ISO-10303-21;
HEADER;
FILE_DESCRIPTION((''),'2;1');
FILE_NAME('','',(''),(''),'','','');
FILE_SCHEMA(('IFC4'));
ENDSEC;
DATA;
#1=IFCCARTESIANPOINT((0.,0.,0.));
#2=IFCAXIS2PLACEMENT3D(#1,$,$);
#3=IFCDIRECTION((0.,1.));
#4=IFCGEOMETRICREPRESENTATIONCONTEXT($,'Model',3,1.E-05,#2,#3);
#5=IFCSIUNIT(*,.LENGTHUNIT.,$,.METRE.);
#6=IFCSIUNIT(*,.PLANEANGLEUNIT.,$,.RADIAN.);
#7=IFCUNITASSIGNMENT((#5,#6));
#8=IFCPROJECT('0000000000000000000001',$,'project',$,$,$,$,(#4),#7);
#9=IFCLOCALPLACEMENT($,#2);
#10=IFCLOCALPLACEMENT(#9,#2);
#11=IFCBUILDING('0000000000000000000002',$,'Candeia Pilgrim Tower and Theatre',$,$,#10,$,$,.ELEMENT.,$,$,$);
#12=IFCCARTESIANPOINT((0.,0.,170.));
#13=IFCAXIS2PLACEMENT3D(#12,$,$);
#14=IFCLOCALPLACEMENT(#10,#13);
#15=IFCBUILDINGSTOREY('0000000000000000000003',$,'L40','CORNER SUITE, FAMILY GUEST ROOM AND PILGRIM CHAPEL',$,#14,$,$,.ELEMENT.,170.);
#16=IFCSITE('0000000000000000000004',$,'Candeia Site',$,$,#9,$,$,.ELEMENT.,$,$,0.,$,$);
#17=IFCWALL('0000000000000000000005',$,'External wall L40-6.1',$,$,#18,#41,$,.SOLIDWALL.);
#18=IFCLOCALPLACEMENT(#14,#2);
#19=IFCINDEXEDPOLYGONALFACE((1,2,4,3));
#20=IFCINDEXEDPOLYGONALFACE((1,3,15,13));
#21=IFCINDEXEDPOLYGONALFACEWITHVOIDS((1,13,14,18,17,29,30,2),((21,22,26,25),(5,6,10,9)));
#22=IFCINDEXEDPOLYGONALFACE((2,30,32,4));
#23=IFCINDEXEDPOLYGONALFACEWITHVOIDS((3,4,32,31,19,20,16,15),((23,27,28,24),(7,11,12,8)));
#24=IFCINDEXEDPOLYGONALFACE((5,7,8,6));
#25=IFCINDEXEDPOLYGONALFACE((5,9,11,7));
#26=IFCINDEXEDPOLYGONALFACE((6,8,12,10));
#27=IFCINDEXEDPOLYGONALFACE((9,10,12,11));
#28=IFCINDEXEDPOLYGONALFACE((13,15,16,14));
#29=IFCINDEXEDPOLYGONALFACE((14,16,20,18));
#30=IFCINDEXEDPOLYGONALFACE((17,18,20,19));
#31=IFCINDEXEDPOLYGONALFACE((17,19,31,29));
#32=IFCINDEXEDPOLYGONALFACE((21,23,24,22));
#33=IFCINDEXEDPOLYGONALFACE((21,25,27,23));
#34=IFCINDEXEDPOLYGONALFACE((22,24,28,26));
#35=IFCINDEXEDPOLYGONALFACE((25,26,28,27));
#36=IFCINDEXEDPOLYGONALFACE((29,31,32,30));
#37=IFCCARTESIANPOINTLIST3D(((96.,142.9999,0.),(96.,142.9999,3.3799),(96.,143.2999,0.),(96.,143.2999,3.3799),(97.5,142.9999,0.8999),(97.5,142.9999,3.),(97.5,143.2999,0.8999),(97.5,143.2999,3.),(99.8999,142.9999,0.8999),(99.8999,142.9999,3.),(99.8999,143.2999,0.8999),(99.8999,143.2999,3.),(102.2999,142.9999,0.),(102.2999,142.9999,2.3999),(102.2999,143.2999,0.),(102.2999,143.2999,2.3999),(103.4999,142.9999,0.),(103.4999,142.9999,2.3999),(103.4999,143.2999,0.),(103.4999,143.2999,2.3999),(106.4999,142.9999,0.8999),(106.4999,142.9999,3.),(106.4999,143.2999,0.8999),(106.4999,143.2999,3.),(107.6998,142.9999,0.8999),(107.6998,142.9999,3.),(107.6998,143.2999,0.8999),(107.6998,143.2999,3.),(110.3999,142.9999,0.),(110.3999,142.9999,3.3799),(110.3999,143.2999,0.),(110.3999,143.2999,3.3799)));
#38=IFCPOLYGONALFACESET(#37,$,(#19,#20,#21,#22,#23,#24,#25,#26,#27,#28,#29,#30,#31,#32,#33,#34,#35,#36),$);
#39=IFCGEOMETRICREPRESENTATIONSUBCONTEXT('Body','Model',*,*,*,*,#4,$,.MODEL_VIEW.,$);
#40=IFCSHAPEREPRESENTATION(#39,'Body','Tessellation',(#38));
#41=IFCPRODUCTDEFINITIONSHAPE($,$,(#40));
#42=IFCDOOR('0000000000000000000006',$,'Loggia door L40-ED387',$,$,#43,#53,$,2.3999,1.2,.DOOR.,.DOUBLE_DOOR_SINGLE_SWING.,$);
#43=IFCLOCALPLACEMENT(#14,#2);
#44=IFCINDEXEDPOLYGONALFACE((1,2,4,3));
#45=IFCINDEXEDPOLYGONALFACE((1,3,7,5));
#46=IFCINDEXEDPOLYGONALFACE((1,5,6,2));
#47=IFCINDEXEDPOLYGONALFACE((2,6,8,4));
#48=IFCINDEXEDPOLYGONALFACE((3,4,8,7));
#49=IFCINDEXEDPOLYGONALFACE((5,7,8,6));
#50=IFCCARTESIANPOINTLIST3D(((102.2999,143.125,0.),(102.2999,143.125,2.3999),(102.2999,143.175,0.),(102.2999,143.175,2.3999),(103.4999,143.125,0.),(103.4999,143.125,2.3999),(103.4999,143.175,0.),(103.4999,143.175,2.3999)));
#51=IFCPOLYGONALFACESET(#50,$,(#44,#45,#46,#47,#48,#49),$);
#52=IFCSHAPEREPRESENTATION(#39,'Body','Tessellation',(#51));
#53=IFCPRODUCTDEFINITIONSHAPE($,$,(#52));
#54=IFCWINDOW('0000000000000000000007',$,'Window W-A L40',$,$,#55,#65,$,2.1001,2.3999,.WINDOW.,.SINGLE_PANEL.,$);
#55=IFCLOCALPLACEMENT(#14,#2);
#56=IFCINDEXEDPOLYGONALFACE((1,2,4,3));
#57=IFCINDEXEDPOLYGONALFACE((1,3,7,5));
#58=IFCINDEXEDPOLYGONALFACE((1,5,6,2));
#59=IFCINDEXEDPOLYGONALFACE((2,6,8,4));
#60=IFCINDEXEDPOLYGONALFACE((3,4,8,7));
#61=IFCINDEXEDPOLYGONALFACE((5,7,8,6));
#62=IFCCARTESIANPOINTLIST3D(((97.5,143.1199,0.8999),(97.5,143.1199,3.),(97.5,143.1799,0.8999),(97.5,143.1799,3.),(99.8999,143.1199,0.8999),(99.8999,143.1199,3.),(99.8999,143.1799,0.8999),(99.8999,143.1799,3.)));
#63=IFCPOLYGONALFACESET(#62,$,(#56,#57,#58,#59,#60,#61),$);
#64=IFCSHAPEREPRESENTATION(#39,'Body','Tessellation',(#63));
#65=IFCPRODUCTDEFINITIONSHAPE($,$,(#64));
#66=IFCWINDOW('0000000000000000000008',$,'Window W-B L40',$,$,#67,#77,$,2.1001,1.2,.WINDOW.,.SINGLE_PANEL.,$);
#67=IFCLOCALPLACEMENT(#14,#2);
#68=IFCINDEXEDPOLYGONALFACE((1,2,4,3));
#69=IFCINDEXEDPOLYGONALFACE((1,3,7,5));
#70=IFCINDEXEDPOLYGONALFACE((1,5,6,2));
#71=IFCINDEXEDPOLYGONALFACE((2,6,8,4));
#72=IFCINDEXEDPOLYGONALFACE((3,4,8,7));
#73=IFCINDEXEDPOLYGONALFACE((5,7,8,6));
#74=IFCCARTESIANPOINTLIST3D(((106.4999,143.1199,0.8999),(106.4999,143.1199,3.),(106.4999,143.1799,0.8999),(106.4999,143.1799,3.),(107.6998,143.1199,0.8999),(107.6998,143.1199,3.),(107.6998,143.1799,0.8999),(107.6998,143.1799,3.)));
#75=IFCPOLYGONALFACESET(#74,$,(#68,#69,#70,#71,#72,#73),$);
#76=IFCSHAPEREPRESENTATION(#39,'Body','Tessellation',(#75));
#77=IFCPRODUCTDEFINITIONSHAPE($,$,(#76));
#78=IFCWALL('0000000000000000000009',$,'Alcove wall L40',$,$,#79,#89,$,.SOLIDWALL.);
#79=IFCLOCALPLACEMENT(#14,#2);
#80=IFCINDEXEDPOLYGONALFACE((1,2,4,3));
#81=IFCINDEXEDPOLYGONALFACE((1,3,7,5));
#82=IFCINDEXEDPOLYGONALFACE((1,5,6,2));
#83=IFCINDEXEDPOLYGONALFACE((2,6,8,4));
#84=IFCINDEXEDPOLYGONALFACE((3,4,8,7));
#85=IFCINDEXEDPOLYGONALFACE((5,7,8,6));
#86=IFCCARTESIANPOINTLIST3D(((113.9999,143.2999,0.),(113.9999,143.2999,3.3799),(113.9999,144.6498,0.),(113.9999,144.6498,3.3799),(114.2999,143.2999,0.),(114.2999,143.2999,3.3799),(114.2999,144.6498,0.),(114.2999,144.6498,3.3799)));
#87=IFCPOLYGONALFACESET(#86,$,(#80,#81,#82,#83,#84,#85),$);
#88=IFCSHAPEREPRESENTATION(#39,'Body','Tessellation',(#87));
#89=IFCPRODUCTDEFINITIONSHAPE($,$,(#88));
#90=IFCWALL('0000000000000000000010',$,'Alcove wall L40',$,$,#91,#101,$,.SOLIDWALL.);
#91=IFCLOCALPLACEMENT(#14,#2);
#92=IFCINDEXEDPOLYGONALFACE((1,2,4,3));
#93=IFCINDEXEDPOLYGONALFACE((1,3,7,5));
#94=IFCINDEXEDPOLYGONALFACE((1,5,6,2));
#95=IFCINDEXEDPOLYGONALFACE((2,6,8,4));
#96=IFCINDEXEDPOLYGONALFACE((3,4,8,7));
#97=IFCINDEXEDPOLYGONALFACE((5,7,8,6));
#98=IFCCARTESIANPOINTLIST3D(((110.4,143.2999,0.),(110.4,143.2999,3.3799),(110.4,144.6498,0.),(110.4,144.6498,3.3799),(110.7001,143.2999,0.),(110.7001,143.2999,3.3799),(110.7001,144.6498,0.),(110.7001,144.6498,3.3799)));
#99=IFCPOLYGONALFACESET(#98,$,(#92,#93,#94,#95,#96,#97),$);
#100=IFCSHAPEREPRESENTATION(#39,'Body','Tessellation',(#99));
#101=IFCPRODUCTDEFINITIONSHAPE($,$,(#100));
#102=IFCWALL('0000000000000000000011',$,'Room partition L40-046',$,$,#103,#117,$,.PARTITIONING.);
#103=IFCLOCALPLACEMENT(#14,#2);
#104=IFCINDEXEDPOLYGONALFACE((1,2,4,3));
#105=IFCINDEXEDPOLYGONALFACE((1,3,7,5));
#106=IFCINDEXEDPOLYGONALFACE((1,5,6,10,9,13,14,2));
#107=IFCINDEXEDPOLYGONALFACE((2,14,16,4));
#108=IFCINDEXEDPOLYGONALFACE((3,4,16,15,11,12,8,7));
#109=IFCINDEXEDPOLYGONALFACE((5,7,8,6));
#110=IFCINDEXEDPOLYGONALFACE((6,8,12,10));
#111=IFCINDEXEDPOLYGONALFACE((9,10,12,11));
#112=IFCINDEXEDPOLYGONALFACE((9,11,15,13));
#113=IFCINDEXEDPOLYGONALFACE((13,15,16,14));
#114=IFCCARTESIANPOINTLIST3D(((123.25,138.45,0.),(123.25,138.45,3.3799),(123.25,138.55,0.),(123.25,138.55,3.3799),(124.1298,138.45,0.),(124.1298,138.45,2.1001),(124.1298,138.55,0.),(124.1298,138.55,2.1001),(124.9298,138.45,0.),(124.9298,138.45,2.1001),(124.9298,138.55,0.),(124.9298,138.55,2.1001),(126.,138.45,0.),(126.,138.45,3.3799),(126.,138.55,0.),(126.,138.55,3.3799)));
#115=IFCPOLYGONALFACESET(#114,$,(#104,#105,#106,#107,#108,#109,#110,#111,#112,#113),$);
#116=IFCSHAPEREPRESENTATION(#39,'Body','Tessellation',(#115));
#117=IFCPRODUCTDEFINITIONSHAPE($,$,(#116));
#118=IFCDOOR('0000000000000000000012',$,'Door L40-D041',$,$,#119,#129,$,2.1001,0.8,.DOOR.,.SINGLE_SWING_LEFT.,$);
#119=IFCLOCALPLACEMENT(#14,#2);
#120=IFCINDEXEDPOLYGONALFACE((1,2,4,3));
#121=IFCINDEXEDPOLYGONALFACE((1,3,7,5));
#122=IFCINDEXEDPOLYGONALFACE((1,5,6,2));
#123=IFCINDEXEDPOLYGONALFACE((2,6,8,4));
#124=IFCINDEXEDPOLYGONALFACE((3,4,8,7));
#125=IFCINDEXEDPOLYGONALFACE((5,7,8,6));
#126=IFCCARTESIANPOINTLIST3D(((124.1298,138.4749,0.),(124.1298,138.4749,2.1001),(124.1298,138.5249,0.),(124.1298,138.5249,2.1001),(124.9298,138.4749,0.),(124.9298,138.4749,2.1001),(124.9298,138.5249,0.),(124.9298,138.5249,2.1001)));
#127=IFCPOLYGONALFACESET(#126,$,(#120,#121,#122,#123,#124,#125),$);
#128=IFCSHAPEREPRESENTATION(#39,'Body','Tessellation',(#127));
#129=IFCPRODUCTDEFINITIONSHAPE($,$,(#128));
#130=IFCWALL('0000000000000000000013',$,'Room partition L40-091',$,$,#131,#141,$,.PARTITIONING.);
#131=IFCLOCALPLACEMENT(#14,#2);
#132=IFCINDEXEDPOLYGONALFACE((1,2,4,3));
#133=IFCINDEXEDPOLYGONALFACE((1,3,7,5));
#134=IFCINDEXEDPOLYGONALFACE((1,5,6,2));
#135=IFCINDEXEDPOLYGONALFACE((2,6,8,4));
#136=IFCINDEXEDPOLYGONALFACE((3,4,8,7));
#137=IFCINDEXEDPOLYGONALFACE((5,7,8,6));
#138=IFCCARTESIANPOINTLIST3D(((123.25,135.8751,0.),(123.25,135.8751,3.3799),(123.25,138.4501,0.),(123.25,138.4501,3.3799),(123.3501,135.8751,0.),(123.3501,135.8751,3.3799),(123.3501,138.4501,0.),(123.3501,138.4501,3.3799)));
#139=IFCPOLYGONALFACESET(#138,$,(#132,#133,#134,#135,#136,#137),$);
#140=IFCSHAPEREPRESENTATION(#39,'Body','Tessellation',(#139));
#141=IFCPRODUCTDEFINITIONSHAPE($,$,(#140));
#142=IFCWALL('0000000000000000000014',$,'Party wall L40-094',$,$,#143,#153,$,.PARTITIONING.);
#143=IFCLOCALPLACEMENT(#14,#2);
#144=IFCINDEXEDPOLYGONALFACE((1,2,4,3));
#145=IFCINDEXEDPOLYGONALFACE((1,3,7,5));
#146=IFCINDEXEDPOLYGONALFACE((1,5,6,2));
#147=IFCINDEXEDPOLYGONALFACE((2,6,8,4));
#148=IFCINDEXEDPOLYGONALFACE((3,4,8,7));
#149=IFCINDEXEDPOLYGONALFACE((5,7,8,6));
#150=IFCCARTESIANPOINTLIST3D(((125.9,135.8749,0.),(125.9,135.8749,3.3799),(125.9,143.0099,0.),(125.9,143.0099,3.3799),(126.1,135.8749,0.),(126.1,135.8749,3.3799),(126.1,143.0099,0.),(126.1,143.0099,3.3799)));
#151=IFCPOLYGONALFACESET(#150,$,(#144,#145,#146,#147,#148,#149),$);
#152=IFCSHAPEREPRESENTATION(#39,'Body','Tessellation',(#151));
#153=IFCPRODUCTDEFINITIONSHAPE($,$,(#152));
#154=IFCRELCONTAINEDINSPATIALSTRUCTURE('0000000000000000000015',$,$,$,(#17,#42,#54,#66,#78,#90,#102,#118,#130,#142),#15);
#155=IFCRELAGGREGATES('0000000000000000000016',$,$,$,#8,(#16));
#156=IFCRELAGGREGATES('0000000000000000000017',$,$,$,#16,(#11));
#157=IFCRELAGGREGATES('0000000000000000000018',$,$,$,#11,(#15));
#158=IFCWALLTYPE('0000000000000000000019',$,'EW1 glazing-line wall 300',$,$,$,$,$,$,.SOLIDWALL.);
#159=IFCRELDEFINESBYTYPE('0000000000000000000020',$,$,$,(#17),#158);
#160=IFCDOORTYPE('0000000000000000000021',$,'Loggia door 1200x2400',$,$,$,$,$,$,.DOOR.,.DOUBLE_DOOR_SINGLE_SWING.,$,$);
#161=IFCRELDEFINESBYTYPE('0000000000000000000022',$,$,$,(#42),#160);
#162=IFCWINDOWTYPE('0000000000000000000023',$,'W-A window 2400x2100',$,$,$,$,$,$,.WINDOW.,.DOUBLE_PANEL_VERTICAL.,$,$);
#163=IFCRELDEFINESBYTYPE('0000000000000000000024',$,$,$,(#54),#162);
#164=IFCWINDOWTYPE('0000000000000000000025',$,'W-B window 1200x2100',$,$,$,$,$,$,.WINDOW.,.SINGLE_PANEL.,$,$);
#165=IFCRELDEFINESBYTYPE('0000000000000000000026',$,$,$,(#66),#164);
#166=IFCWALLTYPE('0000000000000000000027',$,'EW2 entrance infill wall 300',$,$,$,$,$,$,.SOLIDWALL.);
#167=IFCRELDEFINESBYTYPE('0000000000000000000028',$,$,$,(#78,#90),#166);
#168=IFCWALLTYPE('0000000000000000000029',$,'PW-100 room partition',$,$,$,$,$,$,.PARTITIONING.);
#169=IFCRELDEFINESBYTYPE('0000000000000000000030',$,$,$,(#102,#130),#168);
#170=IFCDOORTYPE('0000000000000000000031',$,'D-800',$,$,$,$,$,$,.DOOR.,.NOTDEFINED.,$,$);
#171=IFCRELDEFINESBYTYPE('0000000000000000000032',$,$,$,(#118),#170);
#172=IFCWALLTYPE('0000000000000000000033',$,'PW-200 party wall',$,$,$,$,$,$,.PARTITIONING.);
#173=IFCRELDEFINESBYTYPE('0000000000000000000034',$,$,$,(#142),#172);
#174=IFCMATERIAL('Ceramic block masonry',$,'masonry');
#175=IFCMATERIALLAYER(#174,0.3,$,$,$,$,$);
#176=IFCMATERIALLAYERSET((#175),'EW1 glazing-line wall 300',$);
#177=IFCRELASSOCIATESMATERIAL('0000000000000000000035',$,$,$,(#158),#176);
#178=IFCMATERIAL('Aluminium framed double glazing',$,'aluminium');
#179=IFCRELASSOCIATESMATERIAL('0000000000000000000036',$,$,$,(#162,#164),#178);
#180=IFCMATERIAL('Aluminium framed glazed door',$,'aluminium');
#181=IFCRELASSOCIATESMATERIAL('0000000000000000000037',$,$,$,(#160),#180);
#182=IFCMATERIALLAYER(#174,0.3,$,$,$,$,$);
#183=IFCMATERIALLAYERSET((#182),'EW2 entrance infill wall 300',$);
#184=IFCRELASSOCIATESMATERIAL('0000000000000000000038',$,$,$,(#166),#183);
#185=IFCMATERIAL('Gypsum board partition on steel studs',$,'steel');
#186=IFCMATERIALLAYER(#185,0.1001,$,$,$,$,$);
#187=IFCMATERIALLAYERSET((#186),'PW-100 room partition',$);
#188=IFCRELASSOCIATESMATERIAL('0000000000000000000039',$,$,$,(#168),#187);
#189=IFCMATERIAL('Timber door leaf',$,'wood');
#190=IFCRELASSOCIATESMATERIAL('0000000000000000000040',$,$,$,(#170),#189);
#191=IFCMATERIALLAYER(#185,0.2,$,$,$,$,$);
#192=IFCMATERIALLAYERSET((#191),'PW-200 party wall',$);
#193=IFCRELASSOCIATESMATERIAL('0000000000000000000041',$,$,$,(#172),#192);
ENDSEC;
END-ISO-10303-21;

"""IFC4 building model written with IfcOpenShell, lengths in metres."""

from ifc_helpers import new_model, si_unit, direction, frame, frame_2d, origin, place, context, subcontext, project, spatial, rectangle, extrude, material, layer, layer_set, type_object, element, fill, save


model = new_model("IFC4")

# Units and contexts
model_context = context("Model", 3, precision=1e-05, world=origin(), true_north=direction((0.0, 1.0)))
body_context = subcontext(model_context, "Body", "Model", "MODEL_VIEW")
ifc_project = project(units=[si_unit("LENGTHUNIT", "METRE"), si_unit("PLANEANGLEUNIT", "RADIAN")], contexts=[model_context])

# Site, building, storey
site_placement = place(None, origin())
site = spatial("IfcSite", under=ifc_project, at=site_placement, Name="Candeia Site", CompositionType="ELEMENT", RefElevation=0.0)
building_placement = place(site_placement, origin())
building = spatial("IfcBuilding", under=site, at=building_placement, Name="Candeia Pilgrim Tower and Theatre", CompositionType="ELEMENT")
storey_placement = place(building_placement, frame((0.0, 0.0, 170.0)))
storey = spatial("IfcBuildingStorey", under=building, at=storey_placement, Name="L40", Description="CORNER SUITE, FAMILY GUEST ROOM AND PILGRIM CHAPEL", CompositionType="ELEMENT", Elevation=170.0)

# Shared definitions
ifc_material_1 = material(Name="Ceramic block masonry", Category="masonry")
ifc_layer_1 = layer(ifc_material_1, 0.3)
ifc_layer_set_1 = layer_set([ifc_layer_1], Name="EW1 glazing-line wall 300")
wall_type_1 = type_object("IfcWallType", Name="EW1 glazing-line wall 300", PredefinedType="SOLIDWALL", material=ifc_layer_set_1)
ifc_material_2 = material(Name="Aluminium framed double glazing", Category="aluminium")
window_type_1 = type_object("IfcWindowType", Name="W-A window 2400x2100", PartitioningType="DOUBLE_PANEL_VERTICAL", PredefinedType="WINDOW", material=ifc_material_2)

# Wall, openings, door, windows
ifc_material_3 = material(Name="Aluminium framed glazed door", Category="aluminium")
door_type_1 = type_object("IfcDoorType", Name="Loggia door 1200x2400", OperationType="DOUBLE_DOOR_SINGLE_SWING", PredefinedType="DOOR", material=ifc_material_3)
window_type_2 = type_object("IfcWindowType", Name="W-B window 1200x2100", PartitioningType="SINGLE_PANEL", PredefinedType="WINDOW", material=ifc_material_2)
wall_1_placement = place(storey_placement, frame((110.3999, 143.1499, 0.0), z_axis=(0.0, 0.0, 1.0), x_axis=(-1.0, 0.0, 0.0)))
wall_1 = element("IfcWall", 1, at=wall_1_placement, inside=storey, type_object=wall_type_1, Name="External wall L40-6.1", PredefinedType="SOLIDWALL", context=body_context, shape_type="SweptSolid", body=[
    extrude(rectangle(XDim=14.3999, YDim=0.3, at=frame_2d((7.2, 0.0))), origin(), (0.0, 0.0, 1.0), 3.3799),
])
opening_1_placement = place(wall_1_placement, frame((2.7, 0.0, 0.8999)))
opening_1 = element("IfcOpeningElement", 2, at=opening_1_placement, cuts=wall_1, PredefinedType="OPENING", context=body_context, shape_type="SweptSolid", body=[
    extrude(rectangle(XDim=1.2, YDim=2.1001, at=frame_2d((0.6001, 1.05))), frame((0.0, 0.1602, 0.0), z_axis=(0.0, -1.0, 0.0), x_axis=(1.0, 0.0, 0.0)), (0.0, 0.0, 1.0), 0.3201),
])
opening_2_placement = place(wall_1_placement, frame((6.8999, 0.0, 0.0)))
opening_2 = element("IfcOpeningElement", 3, at=opening_2_placement, cuts=wall_1, PredefinedType="OPENING", context=body_context, shape_type="SweptSolid", body=[
    extrude(rectangle(XDim=1.2, YDim=2.3999, at=frame_2d((0.6001, 1.2))), frame((0.0, 0.1602, 0.0), z_axis=(0.0, -1.0, 0.0), x_axis=(1.0, 0.0, 0.0)), (0.0, 0.0, 1.0), 0.3201),
])
opening_3_placement = place(wall_1_placement, frame((10.5, 0.0, 0.8999)))
opening_3 = element("IfcOpeningElement", 4, at=opening_3_placement, cuts=wall_1, PredefinedType="OPENING", context=body_context, shape_type="SweptSolid", body=[
    extrude(rectangle(XDim=2.3999, YDim=2.1001, at=frame_2d((1.2, 1.05))), frame((0.0, 0.1602, 0.0), z_axis=(0.0, -1.0, 0.0), x_axis=(1.0, 0.0, 0.0)), (0.0, 0.0, 1.0), 0.3201),
])
door_1_placement = place(opening_2_placement, origin())
door_1 = element("IfcDoor", 5, at=door_1_placement, inside=storey, type_object=door_type_1, Name="Loggia door L40-ED387", OperationType="DOUBLE_DOOR_SINGLE_SWING", OverallHeight=2.3999, OverallWidth=1.2, PredefinedType="DOOR", context=body_context, shape_type="SweptSolid", body=[
    extrude(rectangle(XDim=1.2, YDim=2.3999, at=frame_2d((0.6001, 1.2))), frame((0.0, 0.0249, 0.0), z_axis=(0.0, -1.0, 0.0), x_axis=(1.0, 0.0, 0.0)), (0.0, 0.0, 1.0), 0.05),
])
fill(opening_2, door_1)
window_1_placement = place(opening_3_placement, origin())
window_1 = element("IfcWindow", 6, at=window_1_placement, inside=storey, type_object=window_type_1, Name="Window W-A L40", OverallHeight=2.1001, OverallWidth=2.3999, PartitioningType="SINGLE_PANEL", PredefinedType="WINDOW", context=body_context, shape_type="SweptSolid", body=[
    extrude(rectangle(XDim=2.3999, YDim=2.1001, at=frame_2d((1.2, 1.05))), frame((0.0, 0.03, 0.0), z_axis=(0.0, -1.0, 0.0), x_axis=(1.0, 0.0, 0.0)), (0.0, 0.0, 1.0), 0.0601),
])
fill(opening_3, window_1)
window_2_placement = place(opening_1_placement, origin())
window_2 = element("IfcWindow", 7, at=window_2_placement, inside=storey, type_object=window_type_2, Name="Window W-B L40", OverallHeight=2.1001, OverallWidth=1.2, PartitioningType="SINGLE_PANEL", PredefinedType="WINDOW", context=body_context, shape_type="SweptSolid", body=[
    extrude(rectangle(XDim=1.2, YDim=2.1001, at=frame_2d((0.6001, 1.05))), frame((0.0, 0.03, 0.0), z_axis=(0.0, -1.0, 0.0), x_axis=(1.0, 0.0, 0.0)), (0.0, 0.0, 1.0), 0.0601),
])
fill(opening_1, window_2)

# Walls
ifc_layer_2 = layer(ifc_material_1, 0.3)
ifc_layer_set_2 = layer_set([ifc_layer_2], Name="EW2 entrance infill wall 300")
wall_type_2 = type_object("IfcWallType", Name="EW2 entrance infill wall 300", PredefinedType="SOLIDWALL", material=ifc_layer_set_2)
for number, where, z_axis, x_axis, name in (
    (8, (114.1499, 143.3, 0.0), (0.0, 0.0, 1.0), (0.0, 1.0, 0.0), "Alcove wall L40"),
    (9, (110.55, 143.3, 0.0), (0.0, 0.0, 1.0), (0.0, 1.0, 0.0), "Alcove wall L40"),
):
    element("IfcWall", number, at=place(storey_placement, frame(where, z_axis=z_axis, x_axis=x_axis)), inside=storey, type_object=wall_type_2, Name=name, PredefinedType="SOLIDWALL", context=body_context, shape_type="SweptSolid", body=[
        extrude(rectangle(XDim=1.3499, YDim=0.3, at=frame_2d((0.6748, 0.0))), origin(), (0.0, 0.0, 1.0), 3.3799),
    ])

# Wall, opening, door
ifc_material_4 = material(Name="Gypsum board partition on steel studs", Category="steel")
ifc_layer_3 = layer(ifc_material_4, 0.1001)
ifc_layer_set_3 = layer_set([ifc_layer_3], Name="PW-100 room partition")
wall_type_3 = type_object("IfcWallType", Name="PW-100 room partition", PredefinedType="PARTITIONING", material=ifc_layer_set_3)
wall_2_placement = place(storey_placement, frame((123.25, 138.5, 0.0), z_axis=(0.0, 0.0, 1.0), x_axis=(1.0, 0.0, 0.0)))
wall_2 = element("IfcWall", 10, at=wall_2_placement, inside=storey, type_object=wall_type_3, Name="Room partition L40-046", PredefinedType="PARTITIONING", context=body_context, shape_type="SweptSolid", body=[
    extrude(rectangle(XDim=2.75, YDim=0.1001, at=frame_2d((1.375, 0.0))), origin(), (0.0, 0.0, 1.0), 3.3799),
])
opening_4_placement = place(wall_2_placement, frame((0.8799, 0.0, 0.0)))
opening_4 = element("IfcOpeningElement", 11, at=opening_4_placement, cuts=wall_2, PredefinedType="OPENING", context=body_context, shape_type="SweptSolid", body=[
    extrude(rectangle(XDim=0.8, YDim=2.1001, at=frame_2d((0.3999, 1.05))), frame((0.0, 0.0601, 0.0), z_axis=(0.0, -1.0, 0.0), x_axis=(1.0, 0.0, 0.0)), (0.0, 0.0, 1.0), 0.1201),
])
ifc_material_5 = material(Name="Timber door leaf", Category="wood")
door_type_2 = type_object("IfcDoorType", Name="D-800", OperationType="NOTDEFINED", PredefinedType="DOOR", material=ifc_material_5)
door_2_placement = place(opening_4_placement, origin())
door_2 = element("IfcDoor", 12, at=door_2_placement, inside=storey, type_object=door_type_2, Name="Door L40-D041", OperationType="SINGLE_SWING_LEFT", OverallHeight=2.1001, OverallWidth=0.8, PredefinedType="DOOR", context=body_context, shape_type="SweptSolid", body=[
    extrude(rectangle(XDim=0.8, YDim=2.1001, at=frame_2d((0.3999, 1.05))), frame((0.0, 0.0249, 0.0), z_axis=(0.0, -1.0, 0.0), x_axis=(1.0, 0.0, 0.0)), (0.0, 0.0, 1.0), 0.05),
])
fill(opening_4, door_2)

# Walls
wall_3_placement = place(storey_placement, frame((123.3, 135.875, 0.0), z_axis=(0.0, 0.0, 1.0), x_axis=(0.0, 1.0, 0.0)))
element("IfcWall", 13, at=wall_3_placement, inside=storey, type_object=wall_type_3, Name="Room partition L40-091", PredefinedType="PARTITIONING", context=body_context, shape_type="SweptSolid", body=[
    extrude(rectangle(XDim=2.575, YDim=0.1001, at=frame_2d((1.2876, 0.0))), origin(), (0.0, 0.0, 1.0), 3.3799),
])
ifc_layer_4 = layer(ifc_material_4, 0.2)
ifc_layer_set_4 = layer_set([ifc_layer_4], Name="PW-200 party wall")
wall_type_4 = type_object("IfcWallType", Name="PW-200 party wall", PredefinedType="PARTITIONING", material=ifc_layer_set_4)
wall_4_placement = place(storey_placement, frame((126.0, 135.875, 0.0), z_axis=(0.0, 0.0, 1.0), x_axis=(0.0, 1.0, 0.0)))
element("IfcWall", 14, at=wall_4_placement, inside=storey, type_object=wall_type_4, Name="Party wall L40-094", PredefinedType="PARTITIONING", context=body_context, shape_type="SweptSolid", body=[
    extrude(rectangle(XDim=7.135, YDim=0.2, at=frame_2d((3.5674, 0.0))), origin(), (0.0, 0.0, 1.0), 3.3799),
])

save(model, "model.ifc")
